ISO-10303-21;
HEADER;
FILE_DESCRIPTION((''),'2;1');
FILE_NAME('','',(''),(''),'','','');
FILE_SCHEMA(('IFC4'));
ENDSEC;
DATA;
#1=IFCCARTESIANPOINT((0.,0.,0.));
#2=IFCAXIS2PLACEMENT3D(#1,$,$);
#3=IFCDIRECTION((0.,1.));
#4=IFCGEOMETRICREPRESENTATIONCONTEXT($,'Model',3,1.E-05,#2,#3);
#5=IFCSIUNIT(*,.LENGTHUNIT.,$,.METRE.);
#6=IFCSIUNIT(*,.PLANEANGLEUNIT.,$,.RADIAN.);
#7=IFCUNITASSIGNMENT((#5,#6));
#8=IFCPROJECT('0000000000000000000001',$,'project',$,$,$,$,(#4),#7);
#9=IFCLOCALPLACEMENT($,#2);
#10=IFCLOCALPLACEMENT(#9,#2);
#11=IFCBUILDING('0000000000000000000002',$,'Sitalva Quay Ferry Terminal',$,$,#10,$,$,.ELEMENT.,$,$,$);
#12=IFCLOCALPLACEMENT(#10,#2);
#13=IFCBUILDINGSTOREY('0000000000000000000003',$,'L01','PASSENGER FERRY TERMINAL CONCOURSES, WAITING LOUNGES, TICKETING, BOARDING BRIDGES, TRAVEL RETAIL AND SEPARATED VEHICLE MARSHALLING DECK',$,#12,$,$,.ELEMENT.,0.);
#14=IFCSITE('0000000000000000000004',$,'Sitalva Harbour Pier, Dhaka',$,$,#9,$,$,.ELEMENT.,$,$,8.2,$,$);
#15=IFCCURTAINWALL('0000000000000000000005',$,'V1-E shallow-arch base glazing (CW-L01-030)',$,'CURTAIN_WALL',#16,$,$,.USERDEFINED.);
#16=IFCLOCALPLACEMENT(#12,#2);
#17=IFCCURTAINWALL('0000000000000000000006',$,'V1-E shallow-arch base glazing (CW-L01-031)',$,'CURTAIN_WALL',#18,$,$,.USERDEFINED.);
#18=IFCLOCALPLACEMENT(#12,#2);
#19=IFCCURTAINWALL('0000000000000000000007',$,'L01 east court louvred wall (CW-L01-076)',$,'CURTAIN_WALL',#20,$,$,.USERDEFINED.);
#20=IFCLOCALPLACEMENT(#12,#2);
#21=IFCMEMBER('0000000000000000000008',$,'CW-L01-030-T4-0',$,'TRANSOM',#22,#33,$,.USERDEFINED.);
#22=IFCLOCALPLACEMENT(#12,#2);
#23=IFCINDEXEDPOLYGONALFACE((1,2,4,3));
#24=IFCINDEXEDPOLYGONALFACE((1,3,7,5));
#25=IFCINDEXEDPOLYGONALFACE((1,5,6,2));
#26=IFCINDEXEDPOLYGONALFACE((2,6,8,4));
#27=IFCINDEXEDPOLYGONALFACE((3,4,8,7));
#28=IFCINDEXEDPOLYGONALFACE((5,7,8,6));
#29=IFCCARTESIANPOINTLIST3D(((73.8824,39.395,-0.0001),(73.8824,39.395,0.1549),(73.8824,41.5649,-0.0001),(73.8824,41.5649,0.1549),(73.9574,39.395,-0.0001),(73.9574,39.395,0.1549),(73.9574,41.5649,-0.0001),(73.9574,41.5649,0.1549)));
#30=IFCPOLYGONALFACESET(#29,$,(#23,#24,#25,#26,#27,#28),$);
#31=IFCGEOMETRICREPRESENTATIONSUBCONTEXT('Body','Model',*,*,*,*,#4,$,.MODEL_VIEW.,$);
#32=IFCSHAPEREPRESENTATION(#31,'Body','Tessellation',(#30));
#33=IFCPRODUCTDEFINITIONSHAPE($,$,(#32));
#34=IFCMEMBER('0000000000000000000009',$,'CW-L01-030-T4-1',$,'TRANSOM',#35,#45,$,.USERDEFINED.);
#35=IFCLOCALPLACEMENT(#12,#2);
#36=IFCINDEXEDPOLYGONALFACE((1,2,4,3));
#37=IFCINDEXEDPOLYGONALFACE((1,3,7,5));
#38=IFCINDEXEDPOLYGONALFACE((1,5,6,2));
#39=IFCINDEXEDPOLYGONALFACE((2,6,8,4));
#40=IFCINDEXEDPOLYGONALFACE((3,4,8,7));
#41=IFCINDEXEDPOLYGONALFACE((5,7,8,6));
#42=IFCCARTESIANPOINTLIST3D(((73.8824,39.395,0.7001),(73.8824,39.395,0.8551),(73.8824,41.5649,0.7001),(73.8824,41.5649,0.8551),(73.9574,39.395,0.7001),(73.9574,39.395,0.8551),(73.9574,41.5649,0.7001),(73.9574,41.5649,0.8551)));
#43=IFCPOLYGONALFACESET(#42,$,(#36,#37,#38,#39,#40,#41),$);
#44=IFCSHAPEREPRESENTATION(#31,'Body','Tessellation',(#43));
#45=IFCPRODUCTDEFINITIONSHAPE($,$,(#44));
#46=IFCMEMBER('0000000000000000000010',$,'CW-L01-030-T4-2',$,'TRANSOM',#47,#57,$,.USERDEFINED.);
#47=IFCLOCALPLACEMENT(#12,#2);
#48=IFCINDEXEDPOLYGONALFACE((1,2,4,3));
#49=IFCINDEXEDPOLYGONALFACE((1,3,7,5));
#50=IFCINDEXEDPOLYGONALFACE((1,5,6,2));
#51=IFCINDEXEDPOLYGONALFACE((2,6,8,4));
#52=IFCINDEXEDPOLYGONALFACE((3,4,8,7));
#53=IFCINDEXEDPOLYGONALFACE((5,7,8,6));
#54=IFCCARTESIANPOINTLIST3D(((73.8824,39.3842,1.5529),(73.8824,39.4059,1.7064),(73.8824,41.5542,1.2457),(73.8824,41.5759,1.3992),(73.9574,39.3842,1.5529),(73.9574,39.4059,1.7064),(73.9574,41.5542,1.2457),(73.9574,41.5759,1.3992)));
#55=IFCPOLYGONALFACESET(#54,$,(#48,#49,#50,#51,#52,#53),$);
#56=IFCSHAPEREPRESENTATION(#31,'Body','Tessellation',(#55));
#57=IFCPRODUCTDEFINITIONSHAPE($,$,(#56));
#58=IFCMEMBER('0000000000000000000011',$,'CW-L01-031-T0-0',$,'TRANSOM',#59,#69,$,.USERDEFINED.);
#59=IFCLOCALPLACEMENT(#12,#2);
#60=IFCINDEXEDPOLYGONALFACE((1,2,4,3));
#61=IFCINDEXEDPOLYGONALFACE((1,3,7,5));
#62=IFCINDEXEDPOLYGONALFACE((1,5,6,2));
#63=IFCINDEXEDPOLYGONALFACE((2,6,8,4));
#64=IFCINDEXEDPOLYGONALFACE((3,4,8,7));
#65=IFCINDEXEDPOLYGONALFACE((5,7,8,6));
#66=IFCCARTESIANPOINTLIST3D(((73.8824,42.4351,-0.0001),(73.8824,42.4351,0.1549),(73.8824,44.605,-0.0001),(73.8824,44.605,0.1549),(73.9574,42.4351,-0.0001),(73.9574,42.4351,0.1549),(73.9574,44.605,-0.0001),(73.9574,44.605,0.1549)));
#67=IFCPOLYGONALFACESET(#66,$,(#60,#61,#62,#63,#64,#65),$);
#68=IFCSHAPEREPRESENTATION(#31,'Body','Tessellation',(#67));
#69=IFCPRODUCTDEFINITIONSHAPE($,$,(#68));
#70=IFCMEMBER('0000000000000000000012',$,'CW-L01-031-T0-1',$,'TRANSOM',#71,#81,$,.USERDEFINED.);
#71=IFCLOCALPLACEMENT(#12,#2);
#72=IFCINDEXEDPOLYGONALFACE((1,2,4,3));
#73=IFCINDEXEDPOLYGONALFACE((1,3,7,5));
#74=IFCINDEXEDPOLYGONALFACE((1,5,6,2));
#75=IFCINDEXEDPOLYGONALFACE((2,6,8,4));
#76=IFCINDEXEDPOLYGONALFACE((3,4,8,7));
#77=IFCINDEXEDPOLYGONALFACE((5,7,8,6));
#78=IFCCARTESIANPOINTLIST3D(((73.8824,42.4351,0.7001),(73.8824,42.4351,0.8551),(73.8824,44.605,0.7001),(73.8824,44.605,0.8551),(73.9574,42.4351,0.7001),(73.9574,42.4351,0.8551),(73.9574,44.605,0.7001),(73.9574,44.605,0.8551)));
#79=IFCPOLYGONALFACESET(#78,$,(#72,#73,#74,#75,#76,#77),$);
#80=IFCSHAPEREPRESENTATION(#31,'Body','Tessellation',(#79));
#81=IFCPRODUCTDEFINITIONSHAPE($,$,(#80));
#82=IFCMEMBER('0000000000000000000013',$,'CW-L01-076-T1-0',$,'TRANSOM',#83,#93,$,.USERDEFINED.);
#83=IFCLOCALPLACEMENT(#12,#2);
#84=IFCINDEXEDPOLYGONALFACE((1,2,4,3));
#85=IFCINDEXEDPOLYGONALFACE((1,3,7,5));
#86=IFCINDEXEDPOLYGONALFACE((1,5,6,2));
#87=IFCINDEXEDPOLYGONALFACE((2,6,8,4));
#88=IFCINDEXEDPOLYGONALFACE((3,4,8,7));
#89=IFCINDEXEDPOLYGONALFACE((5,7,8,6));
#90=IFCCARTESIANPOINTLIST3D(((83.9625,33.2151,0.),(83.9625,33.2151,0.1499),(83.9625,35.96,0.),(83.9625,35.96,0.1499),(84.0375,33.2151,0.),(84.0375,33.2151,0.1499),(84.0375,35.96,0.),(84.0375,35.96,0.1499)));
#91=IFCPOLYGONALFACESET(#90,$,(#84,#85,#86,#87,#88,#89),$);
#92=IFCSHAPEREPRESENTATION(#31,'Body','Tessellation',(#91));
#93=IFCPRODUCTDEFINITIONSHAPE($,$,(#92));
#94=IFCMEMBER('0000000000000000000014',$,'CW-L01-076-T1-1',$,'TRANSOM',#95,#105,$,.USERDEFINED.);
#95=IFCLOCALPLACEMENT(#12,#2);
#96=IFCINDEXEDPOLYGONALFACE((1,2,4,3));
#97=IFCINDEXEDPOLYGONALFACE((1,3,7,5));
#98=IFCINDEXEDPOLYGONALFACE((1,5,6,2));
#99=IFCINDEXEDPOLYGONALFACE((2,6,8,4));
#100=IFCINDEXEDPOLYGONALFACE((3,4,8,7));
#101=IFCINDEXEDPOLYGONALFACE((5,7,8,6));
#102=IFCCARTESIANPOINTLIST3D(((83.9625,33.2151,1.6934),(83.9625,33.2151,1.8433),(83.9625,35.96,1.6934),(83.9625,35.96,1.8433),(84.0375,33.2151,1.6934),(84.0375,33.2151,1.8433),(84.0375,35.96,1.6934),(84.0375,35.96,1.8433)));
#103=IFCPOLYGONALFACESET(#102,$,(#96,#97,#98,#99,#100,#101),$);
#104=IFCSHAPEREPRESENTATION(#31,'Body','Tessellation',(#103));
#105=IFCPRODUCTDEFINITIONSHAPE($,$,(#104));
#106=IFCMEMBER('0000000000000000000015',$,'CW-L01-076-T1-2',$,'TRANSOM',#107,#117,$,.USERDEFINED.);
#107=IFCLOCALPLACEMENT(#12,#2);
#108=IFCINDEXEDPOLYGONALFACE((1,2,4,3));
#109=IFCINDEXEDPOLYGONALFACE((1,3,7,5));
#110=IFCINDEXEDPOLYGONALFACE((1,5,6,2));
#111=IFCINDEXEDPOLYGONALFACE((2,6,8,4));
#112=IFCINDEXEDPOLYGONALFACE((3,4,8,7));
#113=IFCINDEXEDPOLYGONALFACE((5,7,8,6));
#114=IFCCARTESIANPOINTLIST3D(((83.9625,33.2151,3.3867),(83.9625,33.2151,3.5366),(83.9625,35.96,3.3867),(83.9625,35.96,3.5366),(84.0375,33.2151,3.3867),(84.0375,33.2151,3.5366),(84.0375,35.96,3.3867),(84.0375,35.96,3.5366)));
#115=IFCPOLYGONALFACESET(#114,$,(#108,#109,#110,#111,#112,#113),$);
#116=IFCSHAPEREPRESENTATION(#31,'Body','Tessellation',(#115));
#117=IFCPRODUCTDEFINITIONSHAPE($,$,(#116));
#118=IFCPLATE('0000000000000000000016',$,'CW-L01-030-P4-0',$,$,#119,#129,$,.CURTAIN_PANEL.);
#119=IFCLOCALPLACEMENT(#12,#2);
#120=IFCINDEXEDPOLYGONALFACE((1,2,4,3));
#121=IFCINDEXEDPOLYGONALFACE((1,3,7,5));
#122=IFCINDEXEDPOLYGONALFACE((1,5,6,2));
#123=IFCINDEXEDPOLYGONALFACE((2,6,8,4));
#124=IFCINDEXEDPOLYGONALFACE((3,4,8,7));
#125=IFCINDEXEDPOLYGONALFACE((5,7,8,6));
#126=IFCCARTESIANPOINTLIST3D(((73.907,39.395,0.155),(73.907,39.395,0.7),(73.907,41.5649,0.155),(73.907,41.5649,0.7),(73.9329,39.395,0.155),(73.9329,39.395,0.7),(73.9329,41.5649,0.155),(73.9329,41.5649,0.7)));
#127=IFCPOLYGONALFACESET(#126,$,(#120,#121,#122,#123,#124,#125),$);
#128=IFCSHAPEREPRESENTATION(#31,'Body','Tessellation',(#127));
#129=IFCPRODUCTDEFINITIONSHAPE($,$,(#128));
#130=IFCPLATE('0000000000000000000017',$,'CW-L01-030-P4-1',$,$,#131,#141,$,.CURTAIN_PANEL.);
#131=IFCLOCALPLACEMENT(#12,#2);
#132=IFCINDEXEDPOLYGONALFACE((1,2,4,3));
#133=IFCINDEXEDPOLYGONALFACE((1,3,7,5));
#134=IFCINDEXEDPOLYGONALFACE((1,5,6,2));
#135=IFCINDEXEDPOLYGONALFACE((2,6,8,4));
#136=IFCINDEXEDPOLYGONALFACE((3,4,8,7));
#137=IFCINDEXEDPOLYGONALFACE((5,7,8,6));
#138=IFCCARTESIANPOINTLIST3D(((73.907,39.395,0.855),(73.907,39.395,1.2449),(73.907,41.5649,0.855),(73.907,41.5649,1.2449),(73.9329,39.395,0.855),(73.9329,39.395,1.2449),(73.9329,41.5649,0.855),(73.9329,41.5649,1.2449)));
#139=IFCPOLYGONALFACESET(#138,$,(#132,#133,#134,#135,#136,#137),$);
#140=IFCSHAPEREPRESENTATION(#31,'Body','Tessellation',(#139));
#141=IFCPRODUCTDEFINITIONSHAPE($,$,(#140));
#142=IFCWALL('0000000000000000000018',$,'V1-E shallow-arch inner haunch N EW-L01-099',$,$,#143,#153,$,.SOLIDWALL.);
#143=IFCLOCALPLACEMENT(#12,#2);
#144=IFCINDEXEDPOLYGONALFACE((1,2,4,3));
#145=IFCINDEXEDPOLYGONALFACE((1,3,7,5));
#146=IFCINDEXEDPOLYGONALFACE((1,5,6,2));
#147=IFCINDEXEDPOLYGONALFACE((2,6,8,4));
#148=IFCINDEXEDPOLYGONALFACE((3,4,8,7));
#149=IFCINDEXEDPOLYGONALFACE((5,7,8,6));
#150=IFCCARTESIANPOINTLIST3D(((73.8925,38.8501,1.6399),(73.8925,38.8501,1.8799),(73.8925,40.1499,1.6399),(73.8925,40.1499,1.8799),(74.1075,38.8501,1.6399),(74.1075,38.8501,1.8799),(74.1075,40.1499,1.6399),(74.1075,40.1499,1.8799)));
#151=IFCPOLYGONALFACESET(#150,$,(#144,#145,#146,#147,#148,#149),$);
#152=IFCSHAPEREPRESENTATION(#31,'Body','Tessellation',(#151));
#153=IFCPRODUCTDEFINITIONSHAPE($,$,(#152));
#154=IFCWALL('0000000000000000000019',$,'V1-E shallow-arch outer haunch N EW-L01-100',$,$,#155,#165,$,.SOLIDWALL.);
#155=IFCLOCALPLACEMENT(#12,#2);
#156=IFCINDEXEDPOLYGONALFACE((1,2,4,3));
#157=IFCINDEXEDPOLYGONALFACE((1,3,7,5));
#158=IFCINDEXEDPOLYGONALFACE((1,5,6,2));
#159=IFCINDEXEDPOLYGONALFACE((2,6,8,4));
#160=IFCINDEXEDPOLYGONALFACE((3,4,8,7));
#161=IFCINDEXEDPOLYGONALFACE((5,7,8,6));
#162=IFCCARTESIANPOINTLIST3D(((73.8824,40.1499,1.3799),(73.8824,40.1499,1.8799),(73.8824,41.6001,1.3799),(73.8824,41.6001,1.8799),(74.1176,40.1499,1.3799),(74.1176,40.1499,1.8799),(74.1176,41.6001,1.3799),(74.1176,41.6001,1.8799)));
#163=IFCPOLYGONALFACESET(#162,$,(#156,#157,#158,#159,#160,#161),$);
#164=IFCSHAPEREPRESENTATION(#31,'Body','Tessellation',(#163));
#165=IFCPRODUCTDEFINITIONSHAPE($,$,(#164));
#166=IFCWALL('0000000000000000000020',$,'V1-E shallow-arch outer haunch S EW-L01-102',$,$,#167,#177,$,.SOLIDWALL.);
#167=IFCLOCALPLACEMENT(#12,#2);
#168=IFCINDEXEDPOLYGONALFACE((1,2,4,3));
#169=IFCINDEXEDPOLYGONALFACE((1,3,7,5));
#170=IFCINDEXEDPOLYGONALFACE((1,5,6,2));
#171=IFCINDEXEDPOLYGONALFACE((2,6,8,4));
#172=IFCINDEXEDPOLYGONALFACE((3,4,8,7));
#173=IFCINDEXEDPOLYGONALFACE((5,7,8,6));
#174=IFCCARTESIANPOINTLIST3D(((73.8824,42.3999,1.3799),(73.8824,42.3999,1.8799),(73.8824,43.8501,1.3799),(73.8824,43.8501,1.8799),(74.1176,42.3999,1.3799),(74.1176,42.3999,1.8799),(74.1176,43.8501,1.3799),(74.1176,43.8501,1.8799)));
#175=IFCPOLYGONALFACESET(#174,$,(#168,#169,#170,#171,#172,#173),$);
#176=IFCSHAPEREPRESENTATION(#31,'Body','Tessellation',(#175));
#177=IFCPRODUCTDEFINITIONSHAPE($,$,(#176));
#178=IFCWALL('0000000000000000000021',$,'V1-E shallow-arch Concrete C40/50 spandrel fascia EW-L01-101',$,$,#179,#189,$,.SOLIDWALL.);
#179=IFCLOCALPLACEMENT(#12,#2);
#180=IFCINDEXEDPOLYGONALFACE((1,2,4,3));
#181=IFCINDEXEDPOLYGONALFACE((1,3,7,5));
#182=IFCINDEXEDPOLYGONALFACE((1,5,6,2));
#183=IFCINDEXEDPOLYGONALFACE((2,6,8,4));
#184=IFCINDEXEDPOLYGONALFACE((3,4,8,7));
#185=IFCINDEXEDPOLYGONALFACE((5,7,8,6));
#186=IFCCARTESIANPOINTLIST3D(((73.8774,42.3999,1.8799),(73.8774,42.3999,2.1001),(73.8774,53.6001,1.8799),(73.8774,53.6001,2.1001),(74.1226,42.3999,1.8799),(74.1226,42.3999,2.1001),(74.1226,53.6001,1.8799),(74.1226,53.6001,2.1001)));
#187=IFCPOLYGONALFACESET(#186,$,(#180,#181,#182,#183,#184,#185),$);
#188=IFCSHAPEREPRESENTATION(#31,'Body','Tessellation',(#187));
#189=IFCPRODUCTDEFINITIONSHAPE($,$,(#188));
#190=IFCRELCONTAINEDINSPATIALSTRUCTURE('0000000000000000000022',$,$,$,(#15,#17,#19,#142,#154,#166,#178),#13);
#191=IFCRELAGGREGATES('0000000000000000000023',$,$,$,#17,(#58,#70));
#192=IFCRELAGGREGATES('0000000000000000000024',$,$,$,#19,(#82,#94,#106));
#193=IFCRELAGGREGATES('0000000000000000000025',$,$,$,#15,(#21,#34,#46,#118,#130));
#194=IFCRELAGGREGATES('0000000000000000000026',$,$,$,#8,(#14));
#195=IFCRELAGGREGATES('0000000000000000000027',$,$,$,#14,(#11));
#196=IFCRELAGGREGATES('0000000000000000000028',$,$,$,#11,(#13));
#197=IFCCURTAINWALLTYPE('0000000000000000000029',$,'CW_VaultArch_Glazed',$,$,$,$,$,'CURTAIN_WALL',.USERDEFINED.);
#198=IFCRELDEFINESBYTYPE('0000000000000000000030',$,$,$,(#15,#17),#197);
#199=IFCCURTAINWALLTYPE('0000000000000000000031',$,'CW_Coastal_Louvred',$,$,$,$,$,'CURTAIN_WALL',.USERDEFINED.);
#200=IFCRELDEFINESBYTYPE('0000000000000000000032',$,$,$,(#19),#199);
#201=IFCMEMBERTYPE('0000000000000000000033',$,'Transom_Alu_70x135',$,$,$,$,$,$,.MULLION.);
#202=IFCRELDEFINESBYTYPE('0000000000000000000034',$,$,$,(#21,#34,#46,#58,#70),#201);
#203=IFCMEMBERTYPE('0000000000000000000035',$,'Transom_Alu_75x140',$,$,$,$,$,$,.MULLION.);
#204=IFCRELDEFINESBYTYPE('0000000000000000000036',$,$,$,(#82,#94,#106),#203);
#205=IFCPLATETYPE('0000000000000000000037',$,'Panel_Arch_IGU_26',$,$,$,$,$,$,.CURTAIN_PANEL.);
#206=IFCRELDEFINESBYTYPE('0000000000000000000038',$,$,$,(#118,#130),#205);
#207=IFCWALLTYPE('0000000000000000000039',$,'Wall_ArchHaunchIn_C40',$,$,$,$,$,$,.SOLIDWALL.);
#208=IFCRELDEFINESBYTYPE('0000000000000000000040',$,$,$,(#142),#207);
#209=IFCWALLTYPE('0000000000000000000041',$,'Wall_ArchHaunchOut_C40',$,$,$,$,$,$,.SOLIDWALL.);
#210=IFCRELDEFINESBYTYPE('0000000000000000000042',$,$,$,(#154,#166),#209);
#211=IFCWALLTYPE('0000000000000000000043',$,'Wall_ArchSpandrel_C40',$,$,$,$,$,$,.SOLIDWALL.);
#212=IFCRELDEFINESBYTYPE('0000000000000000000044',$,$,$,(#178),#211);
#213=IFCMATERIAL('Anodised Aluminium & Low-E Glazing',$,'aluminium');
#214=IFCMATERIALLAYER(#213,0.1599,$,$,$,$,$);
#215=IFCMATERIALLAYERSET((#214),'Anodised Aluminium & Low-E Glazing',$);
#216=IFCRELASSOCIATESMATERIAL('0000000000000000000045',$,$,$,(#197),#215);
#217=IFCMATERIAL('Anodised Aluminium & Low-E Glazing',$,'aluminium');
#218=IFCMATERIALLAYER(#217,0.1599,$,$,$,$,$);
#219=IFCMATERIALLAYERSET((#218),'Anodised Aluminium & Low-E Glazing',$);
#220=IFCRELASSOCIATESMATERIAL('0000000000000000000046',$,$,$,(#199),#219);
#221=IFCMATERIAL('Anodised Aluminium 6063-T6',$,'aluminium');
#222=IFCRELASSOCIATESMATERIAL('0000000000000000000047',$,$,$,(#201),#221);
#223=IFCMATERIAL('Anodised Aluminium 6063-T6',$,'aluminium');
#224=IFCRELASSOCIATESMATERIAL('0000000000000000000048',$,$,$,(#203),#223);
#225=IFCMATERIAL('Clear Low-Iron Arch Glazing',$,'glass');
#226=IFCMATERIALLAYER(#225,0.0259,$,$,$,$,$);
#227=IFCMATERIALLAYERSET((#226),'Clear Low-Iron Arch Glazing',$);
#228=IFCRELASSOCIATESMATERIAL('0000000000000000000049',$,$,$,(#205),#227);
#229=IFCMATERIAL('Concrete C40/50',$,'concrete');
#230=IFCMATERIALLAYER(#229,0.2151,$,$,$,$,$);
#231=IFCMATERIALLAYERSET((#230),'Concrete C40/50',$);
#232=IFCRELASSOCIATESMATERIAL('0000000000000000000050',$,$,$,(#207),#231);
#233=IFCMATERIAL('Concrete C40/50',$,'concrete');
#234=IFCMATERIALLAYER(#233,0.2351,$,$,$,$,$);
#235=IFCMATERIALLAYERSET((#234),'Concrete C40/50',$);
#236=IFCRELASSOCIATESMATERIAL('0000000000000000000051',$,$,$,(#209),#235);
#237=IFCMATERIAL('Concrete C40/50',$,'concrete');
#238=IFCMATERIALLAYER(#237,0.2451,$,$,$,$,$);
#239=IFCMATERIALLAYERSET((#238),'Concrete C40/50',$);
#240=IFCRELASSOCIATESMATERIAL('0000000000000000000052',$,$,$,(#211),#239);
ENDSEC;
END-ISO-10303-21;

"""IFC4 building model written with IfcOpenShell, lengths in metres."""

from ifc_helpers import new_model, si_unit, direction, frame, frame_2d, origin, origin_2d, place, context, subcontext, project, spatial, rectangle, extrude, material, layer, layer_set, material_profile, profile_set, type_object, element, aggregate, save


model = new_model("IFC4")

# Units and contexts
model_context = context("Model", 3, precision=1e-05, world=origin(), true_north=direction((0.0, 1.0)))
body_context = subcontext(model_context, "Body", "Model", "MODEL_VIEW")
ifc_project = project(units=[si_unit("LENGTHUNIT", "METRE"), si_unit("PLANEANGLEUNIT", "RADIAN")], contexts=[model_context])

# Site, building, storey
site_placement = place(None, origin())
site = spatial("IfcSite", under=ifc_project, at=site_placement, Name="Sitalva Harbour Pier, Dhaka", CompositionType="ELEMENT", RefElevation=8.2)
building_placement = place(site_placement, origin())
building = spatial("IfcBuilding", under=site, at=building_placement, Name="Sitalva Quay Ferry Terminal", CompositionType="ELEMENT")
storey_placement = place(building_placement, origin())
storey = spatial("IfcBuildingStorey", under=building, at=storey_placement, Name="L01", Description="PASSENGER FERRY TERMINAL CONCOURSES, WAITING LOUNGES, TICKETING, BOARDING BRIDGES, TRAVEL RETAIL AND SEPARATED VEHICLE MARSHALLING DECK", CompositionType="ELEMENT", Elevation=0.0)

# Curtain wall
ifc_material_1 = material(Name="Anodised Aluminium & Low-E Glazing", Category="aluminium")
ifc_layer_1 = layer(ifc_material_1, 0.1599)
ifc_layer_set_1 = layer_set([ifc_layer_1], Name="Anodised Aluminium & Low-E Glazing")
curtain_wall_type_1 = type_object("IfcCurtainWallType", Name="CW_VaultArch_Glazed", ElementType="CURTAIN_WALL", PredefinedType="USERDEFINED", material=ifc_layer_set_1)
curtain_wall_1_placement = place(storey_placement, origin())
curtain_wall_1 = element("IfcCurtainWall", 1, at=curtain_wall_1_placement, inside=storey, type_object=curtain_wall_type_1, Name="V1-E shallow-arch base glazing (CW-L01-030)", ObjectType="CURTAIN_WALL", PredefinedType="USERDEFINED")

# Curtain walls
curtain_wall_2_placement = place(storey_placement, origin())
curtain_wall_2 = element("IfcCurtainWall", 2, at=curtain_wall_2_placement, inside=storey, type_object=curtain_wall_type_1, Name="V1-E shallow-arch base glazing (CW-L01-031)", ObjectType="CURTAIN_WALL", PredefinedType="USERDEFINED")
ifc_material_2 = material(Name="Anodised Aluminium & Low-E Glazing", Category="aluminium")
ifc_layer_2 = layer(ifc_material_2, 0.1599)
ifc_layer_set_2 = layer_set([ifc_layer_2], Name="Anodised Aluminium & Low-E Glazing")
curtain_wall_type_2 = type_object("IfcCurtainWallType", Name="CW_Coastal_Louvred", ElementType="CURTAIN_WALL", PredefinedType="USERDEFINED", material=ifc_layer_set_2)
curtain_wall_3_placement = place(storey_placement, origin())
curtain_wall_3 = element("IfcCurtainWall", 3, at=curtain_wall_3_placement, inside=storey, type_object=curtain_wall_type_2, Name="L01 east court louvred wall (CW-L01-076)", ObjectType="CURTAIN_WALL", PredefinedType="USERDEFINED")

# Members
ifc_material_3 = material(Name="Anodised Aluminium 6063-T6", Category="aluminium")
ifc_material_profile_1 = material_profile(ifc_material_3, rectangle(XDim=0.075, YDim=0.155, at=origin_2d()), Name="ALU75x155")
ifc_profile_set_1 = profile_set([ifc_material_profile_1], Name="Anodised Aluminium 6063-T6")
member_type_1 = type_object("IfcMemberType", Name="Transom_Alu_70x135", PredefinedType="MULLION", material=ifc_profile_set_1)
member_1_placement = place(storey_placement, frame((73.9199, 39.395, 0.0774), z_axis=(0.0, 1.0, 0.0), x_axis=(-1.0, 0.0, 0.0)))
member_1 = element("IfcMember", 4, at=member_1_placement, type_object=member_type_1, Name="CW-L01-030-T4-0", ObjectType="TRANSOM", PredefinedType="USERDEFINED", context=body_context, shape_type="SweptSolid", body=[
    extrude(rectangle(XDim=0.075, YDim=0.155, at=origin_2d()), origin(), (0.0, 0.0, 1.0), 2.1699),
])
member_2_placement = place(storey_placement, frame((73.9199, 39.395, 0.7776), z_axis=(0.0, 1.0, 0.0), x_axis=(-1.0, 0.0, 0.0)))
member_2 = element("IfcMember", 5, at=member_2_placement, type_object=member_type_1, Name="CW-L01-030-T4-1", ObjectType="TRANSOM", PredefinedType="USERDEFINED", context=body_context, shape_type="SweptSolid", body=[
    extrude(rectangle(XDim=0.075, YDim=0.155, at=origin_2d()), origin(), (0.0, 0.0, 1.0), 2.1699),
])
member_3_placement = place(storey_placement, frame((73.9199, 39.395, 1.6296), z_axis=(0.0, 0.990131, -0.140142), x_axis=(-1.0, 0.0, 0.0)))
member_3 = element("IfcMember", 6, at=member_3_placement, type_object=member_type_1, Name="CW-L01-030-T4-2", ObjectType="TRANSOM", PredefinedType="USERDEFINED", context=body_context, shape_type="SweptSolid", body=[
    extrude(rectangle(XDim=0.075, YDim=0.155, at=origin_2d()), origin(), (0.0, 0.0, 1.0), 2.1917),
])
member_4_placement = place(storey_placement, frame((73.9199, 42.4351, 0.0774), z_axis=(0.0, 1.0, 0.0), x_axis=(-1.0, 0.0, 0.0)))
member_4 = element("IfcMember", 7, at=member_4_placement, type_object=member_type_1, Name="CW-L01-031-T0-0", ObjectType="TRANSOM", PredefinedType="USERDEFINED", context=body_context, shape_type="SweptSolid", body=[
    extrude(rectangle(XDim=0.075, YDim=0.155, at=origin_2d()), origin(), (0.0, 0.0, 1.0), 2.1699),
])
member_5_placement = place(storey_placement, frame((73.9199, 42.4351, 0.7776), z_axis=(0.0, 1.0, 0.0), x_axis=(-1.0, 0.0, 0.0)))
member_5 = element("IfcMember", 8, at=member_5_placement, type_object=member_type_1, Name="CW-L01-031-T0-1", ObjectType="TRANSOM", PredefinedType="USERDEFINED", context=body_context, shape_type="SweptSolid", body=[
    extrude(rectangle(XDim=0.075, YDim=0.155, at=origin_2d()), origin(), (0.0, 0.0, 1.0), 2.1699),
])
aggregate(curtain_wall_2, [member_4, member_5])
ifc_material_4 = material(Name="Anodised Aluminium 6063-T6", Category="aluminium")
ifc_material_profile_2 = material_profile(ifc_material_4, rectangle(XDim=0.075, YDim=0.1499, at=origin_2d()), Name="ALU75x150")
ifc_profile_set_2 = profile_set([ifc_material_profile_2], Name="Anodised Aluminium 6063-T6")
member_type_2 = type_object("IfcMemberType", Name="Transom_Alu_75x140", PredefinedType="MULLION", material=ifc_profile_set_2)
member_6_placement = place(storey_placement, frame((84.0, 33.2151, 0.075), z_axis=(0.0, 1.0, 0.0), x_axis=(-1.0, 0.0, 0.0)))
member_6 = element("IfcMember", 9, at=member_6_placement, type_object=member_type_2, Name="CW-L01-076-T1-0", ObjectType="TRANSOM", PredefinedType="USERDEFINED", context=body_context, shape_type="SweptSolid", body=[
    extrude(rectangle(XDim=0.075, YDim=0.1499, at=origin_2d()), origin(), (0.0, 0.0, 1.0), 2.7449),
])
member_7_placement = place(storey_placement, frame((84.0, 33.2151, 1.7683), z_axis=(0.0, 1.0, 0.0), x_axis=(-1.0, 0.0, 0.0)))
member_7 = element("IfcMember", 10, at=member_7_placement, type_object=member_type_2, Name="CW-L01-076-T1-1", ObjectType="TRANSOM", PredefinedType="USERDEFINED", context=body_context, shape_type="SweptSolid", body=[
    extrude(rectangle(XDim=0.075, YDim=0.1499, at=origin_2d()), origin(), (0.0, 0.0, 1.0), 2.7449),
])
member_8_placement = place(storey_placement, frame((84.0, 33.2151, 3.4617), z_axis=(0.0, 1.0, 0.0), x_axis=(-1.0, 0.0, 0.0)))
member_8 = element("IfcMember", 11, at=member_8_placement, type_object=member_type_2, Name="CW-L01-076-T1-2", ObjectType="TRANSOM", PredefinedType="USERDEFINED", context=body_context, shape_type="SweptSolid", body=[
    extrude(rectangle(XDim=0.075, YDim=0.1499, at=origin_2d()), origin(), (0.0, 0.0, 1.0), 2.7449),
])
aggregate(curtain_wall_3, [member_6, member_7, member_8])

# Plates
ifc_material_5 = material(Name="Clear Low-Iron Arch Glazing", Category="glass")
ifc_layer_3 = layer(ifc_material_5, 0.0259)
ifc_layer_set_3 = layer_set([ifc_layer_3], Name="Clear Low-Iron Arch Glazing")
plate_type = type_object("IfcPlateType", Name="Panel_Arch_IGU_26", PredefinedType="CURTAIN_PANEL", material=ifc_layer_set_3)
plate_1_placement = place(storey_placement, frame((73.9199, 40.48, 0.155), z_axis=(0.0, 0.0, 1.0), x_axis=(0.0, 1.0, 0.0)))
plate_1 = element("IfcPlate", 12, at=plate_1_placement, type_object=plate_type, Name="CW-L01-030-P4-0", PredefinedType="CURTAIN_PANEL", context=body_context, shape_type="SweptSolid", body=[
    extrude(rectangle(XDim=2.1699, YDim=0.0259, at=origin_2d()), origin(), (0.0, 0.0, 1.0), 0.5449),
])
plate_2_placement = place(storey_placement, frame((73.9199, 40.48, 0.855), z_axis=(0.0, 0.0, 1.0), x_axis=(0.0, 1.0, 0.0)))
plate_2 = element("IfcPlate", 13, at=plate_2_placement, type_object=plate_type, Name="CW-L01-030-P4-1", PredefinedType="CURTAIN_PANEL", context=body_context, shape_type="SweptSolid", body=[
    extrude(rectangle(XDim=2.1699, YDim=0.0259, at=origin_2d()), origin(), (0.0, 0.0, 1.0), 0.3899),
])
aggregate(curtain_wall_1, [member_1, member_2, member_3, plate_1, plate_2])

# Walls
ifc_material_6 = material(Name="Concrete C40/50", Category="concrete")
ifc_layer_4 = layer(ifc_material_6, 0.2151)
ifc_layer_set_4 = layer_set([ifc_layer_4], Name="Concrete C40/50")
wall_type_1 = type_object("IfcWallType", Name="Wall_ArchHaunchIn_C40", PredefinedType="SOLIDWALL", material=ifc_layer_set_4)
wall_1_placement = place(storey_placement, frame((74.0, 38.8501, 1.6399), z_axis=(0.0, 0.0, 1.0), x_axis=(0.0, 1.0, 0.0)))
element("IfcWall", 14, at=wall_1_placement, inside=storey, type_object=wall_type_1, Name="V1-E shallow-arch inner haunch N EW-L01-099", PredefinedType="SOLIDWALL", context=body_context, shape_type="SweptSolid", body=[
    extrude(rectangle(XDim=1.2998, YDim=0.2151, at=frame_2d((0.6499, 0.0))), origin(), (0.0, 0.0, 1.0), 0.24),
])
ifc_material_7 = material(Name="Concrete C40/50", Category="concrete")
ifc_layer_5 = layer(ifc_material_7, 0.2351)
ifc_layer_set_5 = layer_set([ifc_layer_5], Name="Concrete C40/50")
wall_type_2 = type_object("IfcWallType", Name="Wall_ArchHaunchOut_C40", PredefinedType="SOLIDWALL", material=ifc_layer_set_5)
for number, where, z_axis, x_axis, name in (
    (15, (74.0, 40.1499, 1.3799), (0.0, 0.0, 1.0), (0.0, 1.0, 0.0), "V1-E shallow-arch outer haunch N EW-L01-100"),
    (16, (74.0, 42.3999, 1.3799), (0.0, 0.0, 1.0), (0.0, 1.0, 0.0), "V1-E shallow-arch outer haunch S EW-L01-102"),
):
    element("IfcWall", number, at=place(storey_placement, frame(where, z_axis=z_axis, x_axis=x_axis)), inside=storey, type_object=wall_type_2, Name=name, PredefinedType="SOLIDWALL", context=body_context, shape_type="SweptSolid", body=[
        extrude(rectangle(XDim=1.4502, YDim=0.2351, at=frame_2d((0.7251, 0.0))), origin(), (0.0, 0.0, 1.0), 0.5),
    ])
ifc_material_8 = material(Name="Concrete C40/50", Category="concrete")
ifc_layer_6 = layer(ifc_material_8, 0.2451)
ifc_layer_set_6 = layer_set([ifc_layer_6], Name="Concrete C40/50")
wall_type_3 = type_object("IfcWallType", Name="Wall_ArchSpandrel_C40", PredefinedType="SOLIDWALL", material=ifc_layer_set_6)
wall_2_placement = place(storey_placement, frame((74.0, 42.3999, 1.8799), z_axis=(0.0, 0.0, 1.0), x_axis=(0.0, 1.0, 0.0)))
element("IfcWall", 17, at=wall_2_placement, inside=storey, type_object=wall_type_3, Name="V1-E shallow-arch Concrete C40/50 spandrel fascia EW-L01-101", PredefinedType="SOLIDWALL", context=body_context, shape_type="SweptSolid", body=[
    extrude(rectangle(XDim=11.2002, YDim=0.2451, at=frame_2d((5.6001, 0.0))), origin(), (0.0, 0.0, 1.0), 0.2202),
])

save(model, "model.ifc")
